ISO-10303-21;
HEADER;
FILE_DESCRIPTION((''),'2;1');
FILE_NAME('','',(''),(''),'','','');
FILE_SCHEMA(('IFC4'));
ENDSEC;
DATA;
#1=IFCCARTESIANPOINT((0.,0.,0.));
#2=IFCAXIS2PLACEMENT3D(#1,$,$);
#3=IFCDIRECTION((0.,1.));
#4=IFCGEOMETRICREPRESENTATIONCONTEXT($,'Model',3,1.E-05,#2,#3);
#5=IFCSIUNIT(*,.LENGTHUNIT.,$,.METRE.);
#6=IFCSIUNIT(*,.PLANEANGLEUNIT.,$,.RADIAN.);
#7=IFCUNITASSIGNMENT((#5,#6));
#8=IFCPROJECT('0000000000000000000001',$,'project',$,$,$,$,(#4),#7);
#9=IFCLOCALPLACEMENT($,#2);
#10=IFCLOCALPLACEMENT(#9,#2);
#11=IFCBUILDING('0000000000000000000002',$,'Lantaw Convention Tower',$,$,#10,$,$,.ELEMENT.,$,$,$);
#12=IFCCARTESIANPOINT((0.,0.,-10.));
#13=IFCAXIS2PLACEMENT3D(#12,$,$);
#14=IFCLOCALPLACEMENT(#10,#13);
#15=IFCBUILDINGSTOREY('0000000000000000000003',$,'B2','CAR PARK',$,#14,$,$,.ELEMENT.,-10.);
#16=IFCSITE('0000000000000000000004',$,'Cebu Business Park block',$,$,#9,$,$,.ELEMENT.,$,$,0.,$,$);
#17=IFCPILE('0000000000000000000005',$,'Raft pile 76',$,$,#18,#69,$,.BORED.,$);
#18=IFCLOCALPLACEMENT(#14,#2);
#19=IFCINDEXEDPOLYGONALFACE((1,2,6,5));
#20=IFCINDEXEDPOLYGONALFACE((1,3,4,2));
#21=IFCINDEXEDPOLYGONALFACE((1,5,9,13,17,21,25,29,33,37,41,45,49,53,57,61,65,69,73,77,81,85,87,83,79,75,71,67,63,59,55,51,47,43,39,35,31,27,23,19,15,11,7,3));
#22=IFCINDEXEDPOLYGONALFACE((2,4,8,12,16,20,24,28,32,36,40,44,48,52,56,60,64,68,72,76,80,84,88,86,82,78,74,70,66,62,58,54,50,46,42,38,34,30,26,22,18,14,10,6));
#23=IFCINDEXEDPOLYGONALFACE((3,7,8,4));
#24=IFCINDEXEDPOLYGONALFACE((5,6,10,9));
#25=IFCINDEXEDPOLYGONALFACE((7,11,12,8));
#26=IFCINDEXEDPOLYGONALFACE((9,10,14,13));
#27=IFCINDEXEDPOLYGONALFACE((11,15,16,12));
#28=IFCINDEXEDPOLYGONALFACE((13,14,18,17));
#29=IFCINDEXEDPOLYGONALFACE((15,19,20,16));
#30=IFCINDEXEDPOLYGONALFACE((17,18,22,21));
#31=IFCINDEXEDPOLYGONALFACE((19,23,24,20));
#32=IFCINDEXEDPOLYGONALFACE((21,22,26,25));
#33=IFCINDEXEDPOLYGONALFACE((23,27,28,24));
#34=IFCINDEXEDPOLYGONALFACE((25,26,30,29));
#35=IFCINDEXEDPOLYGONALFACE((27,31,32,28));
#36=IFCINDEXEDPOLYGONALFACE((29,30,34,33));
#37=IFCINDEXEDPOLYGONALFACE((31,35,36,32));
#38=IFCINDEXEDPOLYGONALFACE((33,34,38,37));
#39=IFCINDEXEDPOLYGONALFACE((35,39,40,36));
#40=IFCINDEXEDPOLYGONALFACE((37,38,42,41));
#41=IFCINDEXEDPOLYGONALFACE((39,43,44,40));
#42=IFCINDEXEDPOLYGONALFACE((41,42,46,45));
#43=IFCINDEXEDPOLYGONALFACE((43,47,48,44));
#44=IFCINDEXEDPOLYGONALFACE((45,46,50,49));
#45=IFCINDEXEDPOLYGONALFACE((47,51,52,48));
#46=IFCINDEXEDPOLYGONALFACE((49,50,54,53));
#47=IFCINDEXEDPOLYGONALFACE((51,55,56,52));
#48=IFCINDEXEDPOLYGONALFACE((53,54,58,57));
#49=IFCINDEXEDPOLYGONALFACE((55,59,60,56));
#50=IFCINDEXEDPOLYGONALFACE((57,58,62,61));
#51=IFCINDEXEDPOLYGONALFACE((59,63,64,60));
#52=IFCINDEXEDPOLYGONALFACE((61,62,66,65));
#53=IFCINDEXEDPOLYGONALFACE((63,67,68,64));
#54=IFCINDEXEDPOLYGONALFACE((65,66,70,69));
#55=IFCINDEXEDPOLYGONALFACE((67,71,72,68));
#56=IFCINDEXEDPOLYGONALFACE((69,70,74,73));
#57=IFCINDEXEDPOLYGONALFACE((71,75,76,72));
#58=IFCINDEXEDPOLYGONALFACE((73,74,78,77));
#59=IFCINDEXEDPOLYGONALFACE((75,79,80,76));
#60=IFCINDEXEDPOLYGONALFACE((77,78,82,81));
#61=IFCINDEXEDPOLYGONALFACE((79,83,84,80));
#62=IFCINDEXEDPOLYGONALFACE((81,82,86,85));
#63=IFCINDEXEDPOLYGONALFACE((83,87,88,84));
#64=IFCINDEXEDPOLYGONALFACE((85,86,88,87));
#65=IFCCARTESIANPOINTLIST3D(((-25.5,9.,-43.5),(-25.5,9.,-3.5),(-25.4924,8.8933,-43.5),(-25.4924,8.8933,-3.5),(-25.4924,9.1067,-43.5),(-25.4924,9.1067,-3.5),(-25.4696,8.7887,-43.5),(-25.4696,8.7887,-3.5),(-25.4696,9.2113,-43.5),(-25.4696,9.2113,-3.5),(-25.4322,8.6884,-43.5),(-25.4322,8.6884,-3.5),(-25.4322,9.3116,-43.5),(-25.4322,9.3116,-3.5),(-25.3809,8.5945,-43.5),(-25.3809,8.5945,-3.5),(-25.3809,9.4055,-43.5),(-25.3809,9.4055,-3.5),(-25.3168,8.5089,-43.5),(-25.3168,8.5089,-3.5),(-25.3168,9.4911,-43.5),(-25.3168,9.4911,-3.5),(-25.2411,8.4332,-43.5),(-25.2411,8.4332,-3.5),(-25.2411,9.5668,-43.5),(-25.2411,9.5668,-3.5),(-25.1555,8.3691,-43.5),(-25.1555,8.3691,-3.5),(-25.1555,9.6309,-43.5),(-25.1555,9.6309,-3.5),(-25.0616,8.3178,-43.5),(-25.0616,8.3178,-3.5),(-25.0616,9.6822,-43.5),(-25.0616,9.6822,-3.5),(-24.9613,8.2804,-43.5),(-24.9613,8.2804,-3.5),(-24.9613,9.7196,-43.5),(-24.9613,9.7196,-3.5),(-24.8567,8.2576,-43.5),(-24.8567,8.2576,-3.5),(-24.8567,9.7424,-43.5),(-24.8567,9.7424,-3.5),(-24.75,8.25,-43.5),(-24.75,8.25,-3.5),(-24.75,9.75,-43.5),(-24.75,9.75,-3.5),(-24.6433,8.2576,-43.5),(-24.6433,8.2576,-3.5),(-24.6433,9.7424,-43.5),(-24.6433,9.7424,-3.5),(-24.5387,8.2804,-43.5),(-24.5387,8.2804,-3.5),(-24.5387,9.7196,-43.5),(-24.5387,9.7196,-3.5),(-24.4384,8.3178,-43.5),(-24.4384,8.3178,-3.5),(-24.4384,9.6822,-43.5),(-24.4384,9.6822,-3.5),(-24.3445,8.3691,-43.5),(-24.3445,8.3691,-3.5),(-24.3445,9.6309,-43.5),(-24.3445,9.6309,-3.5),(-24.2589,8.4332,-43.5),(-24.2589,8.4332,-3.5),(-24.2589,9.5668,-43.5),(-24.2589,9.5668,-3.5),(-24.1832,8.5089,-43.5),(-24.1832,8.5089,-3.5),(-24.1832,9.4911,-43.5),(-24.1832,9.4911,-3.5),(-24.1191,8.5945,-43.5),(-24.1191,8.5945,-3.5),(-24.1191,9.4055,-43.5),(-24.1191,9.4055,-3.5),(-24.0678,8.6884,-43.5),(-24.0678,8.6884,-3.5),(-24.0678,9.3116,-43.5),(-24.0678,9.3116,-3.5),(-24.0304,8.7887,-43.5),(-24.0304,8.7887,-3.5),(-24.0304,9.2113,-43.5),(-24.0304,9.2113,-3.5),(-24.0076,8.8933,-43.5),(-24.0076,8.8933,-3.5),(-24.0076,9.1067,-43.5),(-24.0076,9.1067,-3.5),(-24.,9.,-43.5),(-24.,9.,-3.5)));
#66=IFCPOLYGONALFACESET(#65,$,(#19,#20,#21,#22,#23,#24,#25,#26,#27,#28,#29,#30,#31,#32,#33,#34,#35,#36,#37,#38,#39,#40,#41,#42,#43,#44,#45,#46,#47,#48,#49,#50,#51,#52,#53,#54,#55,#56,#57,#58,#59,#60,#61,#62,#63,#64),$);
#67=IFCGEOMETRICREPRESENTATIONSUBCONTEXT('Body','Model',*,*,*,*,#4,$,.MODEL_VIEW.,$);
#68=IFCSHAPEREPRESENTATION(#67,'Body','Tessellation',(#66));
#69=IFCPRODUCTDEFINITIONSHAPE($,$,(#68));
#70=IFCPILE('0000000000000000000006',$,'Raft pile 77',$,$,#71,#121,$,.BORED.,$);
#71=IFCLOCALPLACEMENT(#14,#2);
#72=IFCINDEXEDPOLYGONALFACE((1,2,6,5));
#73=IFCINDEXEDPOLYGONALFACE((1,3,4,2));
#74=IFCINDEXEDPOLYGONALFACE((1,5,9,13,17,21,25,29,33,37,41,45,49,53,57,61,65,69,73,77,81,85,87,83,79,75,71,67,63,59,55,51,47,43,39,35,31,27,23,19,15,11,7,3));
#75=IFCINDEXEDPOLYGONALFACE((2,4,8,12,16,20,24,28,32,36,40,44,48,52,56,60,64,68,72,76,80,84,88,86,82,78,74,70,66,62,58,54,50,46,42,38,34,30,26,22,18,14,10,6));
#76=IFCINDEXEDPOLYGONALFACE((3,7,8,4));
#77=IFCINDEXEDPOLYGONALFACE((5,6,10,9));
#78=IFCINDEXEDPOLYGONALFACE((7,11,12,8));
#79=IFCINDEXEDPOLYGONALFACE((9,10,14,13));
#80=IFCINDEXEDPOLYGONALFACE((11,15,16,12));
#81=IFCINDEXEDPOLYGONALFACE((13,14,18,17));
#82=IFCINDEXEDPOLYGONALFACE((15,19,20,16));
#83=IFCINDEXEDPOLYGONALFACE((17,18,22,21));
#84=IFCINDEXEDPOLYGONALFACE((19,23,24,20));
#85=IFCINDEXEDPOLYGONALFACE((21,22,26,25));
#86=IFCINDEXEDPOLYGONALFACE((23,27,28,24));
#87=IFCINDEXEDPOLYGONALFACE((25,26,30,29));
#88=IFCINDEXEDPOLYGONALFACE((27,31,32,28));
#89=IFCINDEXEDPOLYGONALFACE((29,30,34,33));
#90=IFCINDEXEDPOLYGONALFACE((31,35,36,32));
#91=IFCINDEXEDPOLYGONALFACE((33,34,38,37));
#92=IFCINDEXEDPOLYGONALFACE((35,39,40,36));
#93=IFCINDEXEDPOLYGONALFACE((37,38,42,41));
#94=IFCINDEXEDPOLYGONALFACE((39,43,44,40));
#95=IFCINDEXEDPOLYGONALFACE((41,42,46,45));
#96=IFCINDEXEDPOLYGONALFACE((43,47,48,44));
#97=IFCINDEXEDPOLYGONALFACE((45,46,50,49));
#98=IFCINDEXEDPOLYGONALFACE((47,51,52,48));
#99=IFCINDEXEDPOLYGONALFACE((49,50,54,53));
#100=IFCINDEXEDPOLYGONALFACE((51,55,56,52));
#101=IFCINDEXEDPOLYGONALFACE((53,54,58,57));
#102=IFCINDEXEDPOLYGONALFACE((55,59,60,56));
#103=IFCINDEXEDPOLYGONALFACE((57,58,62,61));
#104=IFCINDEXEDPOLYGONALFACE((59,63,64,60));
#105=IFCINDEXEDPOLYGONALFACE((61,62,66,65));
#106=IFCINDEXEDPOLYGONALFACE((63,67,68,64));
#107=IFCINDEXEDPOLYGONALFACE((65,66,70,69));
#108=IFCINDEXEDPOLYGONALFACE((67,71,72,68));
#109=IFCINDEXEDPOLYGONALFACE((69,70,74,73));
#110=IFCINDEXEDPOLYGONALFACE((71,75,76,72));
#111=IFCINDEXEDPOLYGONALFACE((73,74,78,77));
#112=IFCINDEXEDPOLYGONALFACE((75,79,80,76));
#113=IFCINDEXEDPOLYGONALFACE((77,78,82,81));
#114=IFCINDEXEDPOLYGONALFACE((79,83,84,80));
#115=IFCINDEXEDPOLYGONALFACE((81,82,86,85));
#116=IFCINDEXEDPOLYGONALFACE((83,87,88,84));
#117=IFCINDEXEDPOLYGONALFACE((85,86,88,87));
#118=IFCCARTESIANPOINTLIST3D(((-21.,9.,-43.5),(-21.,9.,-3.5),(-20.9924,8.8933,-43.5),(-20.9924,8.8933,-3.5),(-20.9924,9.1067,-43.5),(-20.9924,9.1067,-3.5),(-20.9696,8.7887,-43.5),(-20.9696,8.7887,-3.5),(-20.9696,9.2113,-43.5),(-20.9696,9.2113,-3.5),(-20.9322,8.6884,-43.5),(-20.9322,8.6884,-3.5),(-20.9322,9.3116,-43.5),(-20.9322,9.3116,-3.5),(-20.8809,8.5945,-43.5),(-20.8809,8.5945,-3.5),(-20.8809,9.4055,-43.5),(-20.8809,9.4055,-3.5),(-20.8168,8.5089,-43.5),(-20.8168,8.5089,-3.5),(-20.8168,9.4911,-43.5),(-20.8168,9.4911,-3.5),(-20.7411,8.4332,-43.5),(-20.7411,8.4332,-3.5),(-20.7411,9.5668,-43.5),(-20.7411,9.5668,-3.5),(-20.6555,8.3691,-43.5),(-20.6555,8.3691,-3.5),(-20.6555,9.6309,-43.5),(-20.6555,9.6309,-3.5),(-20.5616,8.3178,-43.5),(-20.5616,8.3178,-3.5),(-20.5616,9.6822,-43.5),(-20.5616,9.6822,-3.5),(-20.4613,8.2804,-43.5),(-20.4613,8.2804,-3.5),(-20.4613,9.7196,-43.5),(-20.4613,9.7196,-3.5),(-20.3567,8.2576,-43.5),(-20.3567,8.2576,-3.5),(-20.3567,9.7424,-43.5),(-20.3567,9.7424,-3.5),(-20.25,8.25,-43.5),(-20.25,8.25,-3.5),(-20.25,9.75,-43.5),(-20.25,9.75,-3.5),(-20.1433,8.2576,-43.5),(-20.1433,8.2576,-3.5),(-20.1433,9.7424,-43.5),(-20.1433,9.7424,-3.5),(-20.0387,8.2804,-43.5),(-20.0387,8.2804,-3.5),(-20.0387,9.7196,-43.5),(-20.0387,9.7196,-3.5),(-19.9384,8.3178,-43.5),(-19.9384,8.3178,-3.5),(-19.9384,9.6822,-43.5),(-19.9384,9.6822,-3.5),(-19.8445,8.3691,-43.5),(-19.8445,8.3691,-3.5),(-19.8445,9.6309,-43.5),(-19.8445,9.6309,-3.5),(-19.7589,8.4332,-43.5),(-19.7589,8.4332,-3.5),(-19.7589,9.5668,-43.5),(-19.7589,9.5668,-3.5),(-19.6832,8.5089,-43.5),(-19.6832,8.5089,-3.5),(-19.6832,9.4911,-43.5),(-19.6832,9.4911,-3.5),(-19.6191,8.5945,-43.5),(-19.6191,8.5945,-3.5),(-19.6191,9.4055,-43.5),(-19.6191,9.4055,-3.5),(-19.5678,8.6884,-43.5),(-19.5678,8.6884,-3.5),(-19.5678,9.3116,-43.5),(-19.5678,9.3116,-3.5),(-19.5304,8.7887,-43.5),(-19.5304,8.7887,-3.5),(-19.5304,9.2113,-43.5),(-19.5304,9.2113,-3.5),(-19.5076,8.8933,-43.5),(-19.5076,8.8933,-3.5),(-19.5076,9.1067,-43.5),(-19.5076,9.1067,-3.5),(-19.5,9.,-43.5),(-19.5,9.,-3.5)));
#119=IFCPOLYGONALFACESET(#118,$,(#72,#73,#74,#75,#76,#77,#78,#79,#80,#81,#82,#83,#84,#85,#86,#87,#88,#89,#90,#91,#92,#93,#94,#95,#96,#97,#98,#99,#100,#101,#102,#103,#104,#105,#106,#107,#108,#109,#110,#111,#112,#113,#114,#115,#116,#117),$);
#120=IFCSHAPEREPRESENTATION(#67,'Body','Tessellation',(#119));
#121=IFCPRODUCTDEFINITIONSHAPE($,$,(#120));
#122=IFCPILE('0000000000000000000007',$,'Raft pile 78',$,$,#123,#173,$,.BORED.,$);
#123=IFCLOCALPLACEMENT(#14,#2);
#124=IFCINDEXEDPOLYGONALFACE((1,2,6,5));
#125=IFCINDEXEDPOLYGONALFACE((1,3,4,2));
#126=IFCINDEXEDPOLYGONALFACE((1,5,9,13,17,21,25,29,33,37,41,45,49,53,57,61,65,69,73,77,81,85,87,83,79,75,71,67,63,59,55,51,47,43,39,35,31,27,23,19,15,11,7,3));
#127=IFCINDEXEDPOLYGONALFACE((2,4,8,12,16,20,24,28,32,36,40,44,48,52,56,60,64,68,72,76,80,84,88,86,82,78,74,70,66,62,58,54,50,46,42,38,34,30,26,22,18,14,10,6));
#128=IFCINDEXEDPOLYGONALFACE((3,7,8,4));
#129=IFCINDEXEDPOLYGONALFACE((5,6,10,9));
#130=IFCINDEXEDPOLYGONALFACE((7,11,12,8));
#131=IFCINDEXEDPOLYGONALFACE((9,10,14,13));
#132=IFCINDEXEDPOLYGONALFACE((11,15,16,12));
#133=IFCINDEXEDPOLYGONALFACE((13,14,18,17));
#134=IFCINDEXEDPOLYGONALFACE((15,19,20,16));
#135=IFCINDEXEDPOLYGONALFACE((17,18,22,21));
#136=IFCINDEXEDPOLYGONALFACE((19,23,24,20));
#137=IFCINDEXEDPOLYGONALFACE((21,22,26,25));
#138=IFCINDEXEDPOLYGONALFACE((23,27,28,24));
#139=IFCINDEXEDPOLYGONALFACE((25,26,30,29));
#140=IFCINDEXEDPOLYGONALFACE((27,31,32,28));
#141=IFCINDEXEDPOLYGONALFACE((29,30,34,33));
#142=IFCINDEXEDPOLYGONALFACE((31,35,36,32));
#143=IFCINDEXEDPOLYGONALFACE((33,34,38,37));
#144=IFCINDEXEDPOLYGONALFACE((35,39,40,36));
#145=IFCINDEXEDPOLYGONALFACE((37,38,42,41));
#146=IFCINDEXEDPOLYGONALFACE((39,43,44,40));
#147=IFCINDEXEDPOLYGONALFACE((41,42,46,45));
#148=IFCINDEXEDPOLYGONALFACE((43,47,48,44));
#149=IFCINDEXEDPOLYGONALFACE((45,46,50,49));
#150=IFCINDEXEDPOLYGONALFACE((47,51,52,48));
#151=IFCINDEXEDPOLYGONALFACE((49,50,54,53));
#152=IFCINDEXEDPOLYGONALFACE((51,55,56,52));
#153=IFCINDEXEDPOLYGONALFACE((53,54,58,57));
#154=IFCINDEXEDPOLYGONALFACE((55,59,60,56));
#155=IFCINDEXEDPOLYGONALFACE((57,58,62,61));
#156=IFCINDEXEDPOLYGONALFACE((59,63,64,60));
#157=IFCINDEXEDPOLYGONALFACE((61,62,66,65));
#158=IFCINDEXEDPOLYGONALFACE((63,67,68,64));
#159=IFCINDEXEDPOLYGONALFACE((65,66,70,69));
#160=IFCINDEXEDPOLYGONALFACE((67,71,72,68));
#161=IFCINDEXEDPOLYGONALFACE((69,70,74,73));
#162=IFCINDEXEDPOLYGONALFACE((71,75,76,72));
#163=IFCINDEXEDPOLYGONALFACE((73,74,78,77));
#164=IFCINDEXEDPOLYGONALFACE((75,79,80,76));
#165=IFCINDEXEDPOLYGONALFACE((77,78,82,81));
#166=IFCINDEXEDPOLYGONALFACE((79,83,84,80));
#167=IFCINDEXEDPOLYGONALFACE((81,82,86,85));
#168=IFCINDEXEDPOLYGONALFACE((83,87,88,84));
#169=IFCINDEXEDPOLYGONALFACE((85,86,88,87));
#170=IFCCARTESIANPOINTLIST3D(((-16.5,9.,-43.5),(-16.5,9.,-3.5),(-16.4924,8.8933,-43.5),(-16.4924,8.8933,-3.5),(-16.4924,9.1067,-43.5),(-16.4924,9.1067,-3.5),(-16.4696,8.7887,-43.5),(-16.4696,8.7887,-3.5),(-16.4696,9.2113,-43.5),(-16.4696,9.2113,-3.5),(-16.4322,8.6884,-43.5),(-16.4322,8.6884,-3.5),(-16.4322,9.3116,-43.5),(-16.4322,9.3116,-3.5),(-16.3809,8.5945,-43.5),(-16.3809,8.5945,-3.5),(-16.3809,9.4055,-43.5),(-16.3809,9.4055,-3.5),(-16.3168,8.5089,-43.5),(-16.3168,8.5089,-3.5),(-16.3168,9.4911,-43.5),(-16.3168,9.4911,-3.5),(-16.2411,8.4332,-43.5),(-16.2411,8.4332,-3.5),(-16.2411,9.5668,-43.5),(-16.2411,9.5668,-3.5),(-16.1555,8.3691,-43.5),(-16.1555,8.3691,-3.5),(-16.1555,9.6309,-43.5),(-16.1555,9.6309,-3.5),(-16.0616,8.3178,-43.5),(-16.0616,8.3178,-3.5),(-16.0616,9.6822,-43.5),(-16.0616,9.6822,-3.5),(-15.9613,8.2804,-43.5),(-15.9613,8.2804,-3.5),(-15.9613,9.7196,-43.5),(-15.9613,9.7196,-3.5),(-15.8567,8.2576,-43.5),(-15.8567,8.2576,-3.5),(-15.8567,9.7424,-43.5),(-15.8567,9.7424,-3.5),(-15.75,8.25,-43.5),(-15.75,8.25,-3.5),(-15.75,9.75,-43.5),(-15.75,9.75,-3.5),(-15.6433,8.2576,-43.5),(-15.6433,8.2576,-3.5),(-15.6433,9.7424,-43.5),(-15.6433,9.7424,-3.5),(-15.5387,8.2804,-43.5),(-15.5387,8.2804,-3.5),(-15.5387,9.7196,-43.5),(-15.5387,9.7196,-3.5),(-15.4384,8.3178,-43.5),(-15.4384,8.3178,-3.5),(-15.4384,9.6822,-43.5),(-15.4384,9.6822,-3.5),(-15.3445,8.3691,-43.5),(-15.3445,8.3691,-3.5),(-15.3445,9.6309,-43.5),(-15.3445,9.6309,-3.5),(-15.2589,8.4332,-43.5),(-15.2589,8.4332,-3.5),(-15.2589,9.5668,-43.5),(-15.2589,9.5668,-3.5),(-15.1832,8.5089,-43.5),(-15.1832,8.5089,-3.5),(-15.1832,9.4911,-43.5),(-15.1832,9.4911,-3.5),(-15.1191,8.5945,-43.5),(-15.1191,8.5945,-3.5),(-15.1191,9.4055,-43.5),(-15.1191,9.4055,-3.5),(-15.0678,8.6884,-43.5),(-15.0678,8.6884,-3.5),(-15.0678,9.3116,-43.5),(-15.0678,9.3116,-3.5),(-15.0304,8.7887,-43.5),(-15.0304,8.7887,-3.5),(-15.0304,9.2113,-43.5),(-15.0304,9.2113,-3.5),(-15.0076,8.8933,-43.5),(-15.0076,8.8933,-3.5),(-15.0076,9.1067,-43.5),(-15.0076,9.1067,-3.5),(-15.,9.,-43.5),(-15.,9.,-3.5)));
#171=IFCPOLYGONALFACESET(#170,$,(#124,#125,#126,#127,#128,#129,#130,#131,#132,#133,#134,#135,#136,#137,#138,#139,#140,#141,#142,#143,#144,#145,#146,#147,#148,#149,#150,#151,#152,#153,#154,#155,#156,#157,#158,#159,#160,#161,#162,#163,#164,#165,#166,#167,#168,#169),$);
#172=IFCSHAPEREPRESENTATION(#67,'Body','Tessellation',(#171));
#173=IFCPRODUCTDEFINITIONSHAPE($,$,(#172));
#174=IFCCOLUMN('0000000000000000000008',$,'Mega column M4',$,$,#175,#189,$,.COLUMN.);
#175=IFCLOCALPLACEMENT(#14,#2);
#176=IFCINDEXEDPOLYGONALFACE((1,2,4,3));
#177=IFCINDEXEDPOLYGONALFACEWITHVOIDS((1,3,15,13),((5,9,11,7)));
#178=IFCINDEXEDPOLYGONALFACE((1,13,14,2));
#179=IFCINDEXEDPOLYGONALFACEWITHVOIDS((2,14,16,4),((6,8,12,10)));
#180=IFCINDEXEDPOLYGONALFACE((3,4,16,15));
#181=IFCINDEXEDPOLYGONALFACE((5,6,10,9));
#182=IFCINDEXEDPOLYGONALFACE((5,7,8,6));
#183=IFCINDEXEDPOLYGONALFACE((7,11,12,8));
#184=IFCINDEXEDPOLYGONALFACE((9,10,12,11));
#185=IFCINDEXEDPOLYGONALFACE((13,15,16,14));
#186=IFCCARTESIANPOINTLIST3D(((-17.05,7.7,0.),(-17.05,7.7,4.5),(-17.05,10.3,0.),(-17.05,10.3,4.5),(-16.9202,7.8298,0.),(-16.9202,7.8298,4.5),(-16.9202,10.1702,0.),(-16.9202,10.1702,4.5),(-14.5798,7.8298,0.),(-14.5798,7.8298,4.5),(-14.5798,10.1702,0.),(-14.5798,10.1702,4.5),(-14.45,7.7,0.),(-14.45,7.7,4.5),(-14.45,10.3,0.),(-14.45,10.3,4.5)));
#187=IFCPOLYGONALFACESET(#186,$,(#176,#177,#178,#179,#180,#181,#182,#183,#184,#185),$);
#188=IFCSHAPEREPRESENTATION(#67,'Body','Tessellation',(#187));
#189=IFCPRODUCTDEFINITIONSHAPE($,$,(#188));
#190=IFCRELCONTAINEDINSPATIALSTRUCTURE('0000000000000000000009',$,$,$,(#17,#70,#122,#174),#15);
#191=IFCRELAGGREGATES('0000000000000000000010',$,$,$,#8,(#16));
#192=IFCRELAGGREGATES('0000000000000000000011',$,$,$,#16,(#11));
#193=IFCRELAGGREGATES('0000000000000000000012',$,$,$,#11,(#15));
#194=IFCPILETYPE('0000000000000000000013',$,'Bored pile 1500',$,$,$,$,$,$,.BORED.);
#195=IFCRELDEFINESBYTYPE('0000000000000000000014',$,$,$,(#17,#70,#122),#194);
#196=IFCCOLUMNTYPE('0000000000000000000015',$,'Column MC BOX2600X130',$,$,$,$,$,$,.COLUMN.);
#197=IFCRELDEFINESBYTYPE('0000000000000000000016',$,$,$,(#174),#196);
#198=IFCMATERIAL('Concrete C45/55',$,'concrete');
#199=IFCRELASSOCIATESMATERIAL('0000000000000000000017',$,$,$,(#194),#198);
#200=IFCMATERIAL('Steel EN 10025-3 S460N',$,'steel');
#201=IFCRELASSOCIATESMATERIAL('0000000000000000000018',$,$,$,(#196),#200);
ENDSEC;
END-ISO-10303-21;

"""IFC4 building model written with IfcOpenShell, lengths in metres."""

from ifc_helpers import new_model, si_unit, direction, frame, origin, origin_2d, place, context, subcontext, project, spatial, rectangle, hollow_rectangle, circle, extrude, material, material_profile, profile_set, type_object, element, save


model = new_model("IFC4")

# Units and contexts
model_context = context("Model", 3, precision=1e-05, world=origin(), true_north=direction((0.0, 1.0)))
body_context = subcontext(model_context, "Body", "Model", "MODEL_VIEW")
ifc_project = project(units=[si_unit("LENGTHUNIT", "METRE"), si_unit("PLANEANGLEUNIT", "RADIAN")], contexts=[model_context])

# Site, building, storey
site_placement = place(None, origin())
site = spatial("IfcSite", under=ifc_project, at=site_placement, Name="Cebu Business Park block", CompositionType="ELEMENT", RefElevation=0.0)
building_placement = place(site_placement, origin())
building = spatial("IfcBuilding", under=site, at=building_placement, Name="Lantaw Convention Tower", CompositionType="ELEMENT")
storey_placement = place(building_placement, frame((0.0, 0.0, -10.0)))
storey = spatial("IfcBuildingStorey", under=building, at=storey_placement, Name="B2", Description="CAR PARK", CompositionType="ELEMENT", Elevation=-10.0)

# Piles
ifc_material_1 = material(Name="Concrete C45/55", Category="concrete")
ifc_material_profile_1 = material_profile(ifc_material_1, circle(Radius=0.75, at=origin_2d()), Name="Bored pile 1500")
ifc_profile_set_1 = profile_set([ifc_material_profile_1], Name="Concrete C45/55")
pile_type_1 = type_object("IfcPileType", Name="Bored pile 1500", PredefinedType="BORED", material=ifc_profile_set_1)
for number, where, z_axis, x_axis, name in (
    (1, (-24.75, 9.0, -3.5), (0.0, 0.0, -1.0), (1.0, 0.0, 0.0), "Raft pile 76"),
    (2, (-20.25, 9.0, -3.5), (0.0, 0.0, -1.0), (1.0, 0.0, 0.0), "Raft pile 77"),
    (3, (-15.75, 9.0, -3.5), (0.0, 0.0, -1.0), (1.0, 0.0, 0.0), "Raft pile 78"),
):
    element("IfcPile", number, at=place(storey_placement, frame(where, z_axis=z_axis, x_axis=x_axis)), inside=storey, type_object=pile_type_1, Name=name, PredefinedType="BORED", context=body_context, shape_type="SweptSolid", body=[
        extrude(circle(Radius=0.75, at=origin_2d()), origin(), (0.0, 0.0, 1.0), 40.0),
    ])

# Column
ifc_material_2 = material(Name="Steel EN 10025-3 S460N", Category="steel")
ifc_material_profile_2 = material_profile(ifc_material_2, hollow_rectangle(XDim=2.6001, YDim=2.6001, WallThickness=0.1299, at=origin_2d()), Name="BOX2600X130")
ifc_material_3 = material(Name="Concrete C60/75", Category="concrete")
ifc_material_profile_3 = material_profile(ifc_material_3, rectangle(XDim=2.3401, YDim=2.3401, at=origin_2d()), Name="Concrete fill of BOX2600X130")
ifc_profile_set_2 = profile_set([ifc_material_profile_2, ifc_material_profile_3], Name="Steel EN 10025-3 S460N")
column_type_1 = type_object("IfcColumnType", Name="Column MC BOX2600X130", PredefinedType="COLUMN", material=ifc_profile_set_2)
column_1_placement = place(storey_placement, frame((-15.75, 9.0, 0.0), z_axis=(0.0, 0.0, 1.0), x_axis=(1.0, 0.0, 0.0)))
element("IfcColumn", 4, at=column_1_placement, inside=storey, type_object=column_type_1, Name="Mega column M4", PredefinedType="COLUMN", context=body_context, shape_type="SweptSolid", body=[
    extrude(hollow_rectangle(XDim=2.6001, YDim=2.6001, WallThickness=0.1299, at=origin_2d()), origin(), (0.0, 0.0, 1.0), 4.5),
])

save(model, "model.ifc")
